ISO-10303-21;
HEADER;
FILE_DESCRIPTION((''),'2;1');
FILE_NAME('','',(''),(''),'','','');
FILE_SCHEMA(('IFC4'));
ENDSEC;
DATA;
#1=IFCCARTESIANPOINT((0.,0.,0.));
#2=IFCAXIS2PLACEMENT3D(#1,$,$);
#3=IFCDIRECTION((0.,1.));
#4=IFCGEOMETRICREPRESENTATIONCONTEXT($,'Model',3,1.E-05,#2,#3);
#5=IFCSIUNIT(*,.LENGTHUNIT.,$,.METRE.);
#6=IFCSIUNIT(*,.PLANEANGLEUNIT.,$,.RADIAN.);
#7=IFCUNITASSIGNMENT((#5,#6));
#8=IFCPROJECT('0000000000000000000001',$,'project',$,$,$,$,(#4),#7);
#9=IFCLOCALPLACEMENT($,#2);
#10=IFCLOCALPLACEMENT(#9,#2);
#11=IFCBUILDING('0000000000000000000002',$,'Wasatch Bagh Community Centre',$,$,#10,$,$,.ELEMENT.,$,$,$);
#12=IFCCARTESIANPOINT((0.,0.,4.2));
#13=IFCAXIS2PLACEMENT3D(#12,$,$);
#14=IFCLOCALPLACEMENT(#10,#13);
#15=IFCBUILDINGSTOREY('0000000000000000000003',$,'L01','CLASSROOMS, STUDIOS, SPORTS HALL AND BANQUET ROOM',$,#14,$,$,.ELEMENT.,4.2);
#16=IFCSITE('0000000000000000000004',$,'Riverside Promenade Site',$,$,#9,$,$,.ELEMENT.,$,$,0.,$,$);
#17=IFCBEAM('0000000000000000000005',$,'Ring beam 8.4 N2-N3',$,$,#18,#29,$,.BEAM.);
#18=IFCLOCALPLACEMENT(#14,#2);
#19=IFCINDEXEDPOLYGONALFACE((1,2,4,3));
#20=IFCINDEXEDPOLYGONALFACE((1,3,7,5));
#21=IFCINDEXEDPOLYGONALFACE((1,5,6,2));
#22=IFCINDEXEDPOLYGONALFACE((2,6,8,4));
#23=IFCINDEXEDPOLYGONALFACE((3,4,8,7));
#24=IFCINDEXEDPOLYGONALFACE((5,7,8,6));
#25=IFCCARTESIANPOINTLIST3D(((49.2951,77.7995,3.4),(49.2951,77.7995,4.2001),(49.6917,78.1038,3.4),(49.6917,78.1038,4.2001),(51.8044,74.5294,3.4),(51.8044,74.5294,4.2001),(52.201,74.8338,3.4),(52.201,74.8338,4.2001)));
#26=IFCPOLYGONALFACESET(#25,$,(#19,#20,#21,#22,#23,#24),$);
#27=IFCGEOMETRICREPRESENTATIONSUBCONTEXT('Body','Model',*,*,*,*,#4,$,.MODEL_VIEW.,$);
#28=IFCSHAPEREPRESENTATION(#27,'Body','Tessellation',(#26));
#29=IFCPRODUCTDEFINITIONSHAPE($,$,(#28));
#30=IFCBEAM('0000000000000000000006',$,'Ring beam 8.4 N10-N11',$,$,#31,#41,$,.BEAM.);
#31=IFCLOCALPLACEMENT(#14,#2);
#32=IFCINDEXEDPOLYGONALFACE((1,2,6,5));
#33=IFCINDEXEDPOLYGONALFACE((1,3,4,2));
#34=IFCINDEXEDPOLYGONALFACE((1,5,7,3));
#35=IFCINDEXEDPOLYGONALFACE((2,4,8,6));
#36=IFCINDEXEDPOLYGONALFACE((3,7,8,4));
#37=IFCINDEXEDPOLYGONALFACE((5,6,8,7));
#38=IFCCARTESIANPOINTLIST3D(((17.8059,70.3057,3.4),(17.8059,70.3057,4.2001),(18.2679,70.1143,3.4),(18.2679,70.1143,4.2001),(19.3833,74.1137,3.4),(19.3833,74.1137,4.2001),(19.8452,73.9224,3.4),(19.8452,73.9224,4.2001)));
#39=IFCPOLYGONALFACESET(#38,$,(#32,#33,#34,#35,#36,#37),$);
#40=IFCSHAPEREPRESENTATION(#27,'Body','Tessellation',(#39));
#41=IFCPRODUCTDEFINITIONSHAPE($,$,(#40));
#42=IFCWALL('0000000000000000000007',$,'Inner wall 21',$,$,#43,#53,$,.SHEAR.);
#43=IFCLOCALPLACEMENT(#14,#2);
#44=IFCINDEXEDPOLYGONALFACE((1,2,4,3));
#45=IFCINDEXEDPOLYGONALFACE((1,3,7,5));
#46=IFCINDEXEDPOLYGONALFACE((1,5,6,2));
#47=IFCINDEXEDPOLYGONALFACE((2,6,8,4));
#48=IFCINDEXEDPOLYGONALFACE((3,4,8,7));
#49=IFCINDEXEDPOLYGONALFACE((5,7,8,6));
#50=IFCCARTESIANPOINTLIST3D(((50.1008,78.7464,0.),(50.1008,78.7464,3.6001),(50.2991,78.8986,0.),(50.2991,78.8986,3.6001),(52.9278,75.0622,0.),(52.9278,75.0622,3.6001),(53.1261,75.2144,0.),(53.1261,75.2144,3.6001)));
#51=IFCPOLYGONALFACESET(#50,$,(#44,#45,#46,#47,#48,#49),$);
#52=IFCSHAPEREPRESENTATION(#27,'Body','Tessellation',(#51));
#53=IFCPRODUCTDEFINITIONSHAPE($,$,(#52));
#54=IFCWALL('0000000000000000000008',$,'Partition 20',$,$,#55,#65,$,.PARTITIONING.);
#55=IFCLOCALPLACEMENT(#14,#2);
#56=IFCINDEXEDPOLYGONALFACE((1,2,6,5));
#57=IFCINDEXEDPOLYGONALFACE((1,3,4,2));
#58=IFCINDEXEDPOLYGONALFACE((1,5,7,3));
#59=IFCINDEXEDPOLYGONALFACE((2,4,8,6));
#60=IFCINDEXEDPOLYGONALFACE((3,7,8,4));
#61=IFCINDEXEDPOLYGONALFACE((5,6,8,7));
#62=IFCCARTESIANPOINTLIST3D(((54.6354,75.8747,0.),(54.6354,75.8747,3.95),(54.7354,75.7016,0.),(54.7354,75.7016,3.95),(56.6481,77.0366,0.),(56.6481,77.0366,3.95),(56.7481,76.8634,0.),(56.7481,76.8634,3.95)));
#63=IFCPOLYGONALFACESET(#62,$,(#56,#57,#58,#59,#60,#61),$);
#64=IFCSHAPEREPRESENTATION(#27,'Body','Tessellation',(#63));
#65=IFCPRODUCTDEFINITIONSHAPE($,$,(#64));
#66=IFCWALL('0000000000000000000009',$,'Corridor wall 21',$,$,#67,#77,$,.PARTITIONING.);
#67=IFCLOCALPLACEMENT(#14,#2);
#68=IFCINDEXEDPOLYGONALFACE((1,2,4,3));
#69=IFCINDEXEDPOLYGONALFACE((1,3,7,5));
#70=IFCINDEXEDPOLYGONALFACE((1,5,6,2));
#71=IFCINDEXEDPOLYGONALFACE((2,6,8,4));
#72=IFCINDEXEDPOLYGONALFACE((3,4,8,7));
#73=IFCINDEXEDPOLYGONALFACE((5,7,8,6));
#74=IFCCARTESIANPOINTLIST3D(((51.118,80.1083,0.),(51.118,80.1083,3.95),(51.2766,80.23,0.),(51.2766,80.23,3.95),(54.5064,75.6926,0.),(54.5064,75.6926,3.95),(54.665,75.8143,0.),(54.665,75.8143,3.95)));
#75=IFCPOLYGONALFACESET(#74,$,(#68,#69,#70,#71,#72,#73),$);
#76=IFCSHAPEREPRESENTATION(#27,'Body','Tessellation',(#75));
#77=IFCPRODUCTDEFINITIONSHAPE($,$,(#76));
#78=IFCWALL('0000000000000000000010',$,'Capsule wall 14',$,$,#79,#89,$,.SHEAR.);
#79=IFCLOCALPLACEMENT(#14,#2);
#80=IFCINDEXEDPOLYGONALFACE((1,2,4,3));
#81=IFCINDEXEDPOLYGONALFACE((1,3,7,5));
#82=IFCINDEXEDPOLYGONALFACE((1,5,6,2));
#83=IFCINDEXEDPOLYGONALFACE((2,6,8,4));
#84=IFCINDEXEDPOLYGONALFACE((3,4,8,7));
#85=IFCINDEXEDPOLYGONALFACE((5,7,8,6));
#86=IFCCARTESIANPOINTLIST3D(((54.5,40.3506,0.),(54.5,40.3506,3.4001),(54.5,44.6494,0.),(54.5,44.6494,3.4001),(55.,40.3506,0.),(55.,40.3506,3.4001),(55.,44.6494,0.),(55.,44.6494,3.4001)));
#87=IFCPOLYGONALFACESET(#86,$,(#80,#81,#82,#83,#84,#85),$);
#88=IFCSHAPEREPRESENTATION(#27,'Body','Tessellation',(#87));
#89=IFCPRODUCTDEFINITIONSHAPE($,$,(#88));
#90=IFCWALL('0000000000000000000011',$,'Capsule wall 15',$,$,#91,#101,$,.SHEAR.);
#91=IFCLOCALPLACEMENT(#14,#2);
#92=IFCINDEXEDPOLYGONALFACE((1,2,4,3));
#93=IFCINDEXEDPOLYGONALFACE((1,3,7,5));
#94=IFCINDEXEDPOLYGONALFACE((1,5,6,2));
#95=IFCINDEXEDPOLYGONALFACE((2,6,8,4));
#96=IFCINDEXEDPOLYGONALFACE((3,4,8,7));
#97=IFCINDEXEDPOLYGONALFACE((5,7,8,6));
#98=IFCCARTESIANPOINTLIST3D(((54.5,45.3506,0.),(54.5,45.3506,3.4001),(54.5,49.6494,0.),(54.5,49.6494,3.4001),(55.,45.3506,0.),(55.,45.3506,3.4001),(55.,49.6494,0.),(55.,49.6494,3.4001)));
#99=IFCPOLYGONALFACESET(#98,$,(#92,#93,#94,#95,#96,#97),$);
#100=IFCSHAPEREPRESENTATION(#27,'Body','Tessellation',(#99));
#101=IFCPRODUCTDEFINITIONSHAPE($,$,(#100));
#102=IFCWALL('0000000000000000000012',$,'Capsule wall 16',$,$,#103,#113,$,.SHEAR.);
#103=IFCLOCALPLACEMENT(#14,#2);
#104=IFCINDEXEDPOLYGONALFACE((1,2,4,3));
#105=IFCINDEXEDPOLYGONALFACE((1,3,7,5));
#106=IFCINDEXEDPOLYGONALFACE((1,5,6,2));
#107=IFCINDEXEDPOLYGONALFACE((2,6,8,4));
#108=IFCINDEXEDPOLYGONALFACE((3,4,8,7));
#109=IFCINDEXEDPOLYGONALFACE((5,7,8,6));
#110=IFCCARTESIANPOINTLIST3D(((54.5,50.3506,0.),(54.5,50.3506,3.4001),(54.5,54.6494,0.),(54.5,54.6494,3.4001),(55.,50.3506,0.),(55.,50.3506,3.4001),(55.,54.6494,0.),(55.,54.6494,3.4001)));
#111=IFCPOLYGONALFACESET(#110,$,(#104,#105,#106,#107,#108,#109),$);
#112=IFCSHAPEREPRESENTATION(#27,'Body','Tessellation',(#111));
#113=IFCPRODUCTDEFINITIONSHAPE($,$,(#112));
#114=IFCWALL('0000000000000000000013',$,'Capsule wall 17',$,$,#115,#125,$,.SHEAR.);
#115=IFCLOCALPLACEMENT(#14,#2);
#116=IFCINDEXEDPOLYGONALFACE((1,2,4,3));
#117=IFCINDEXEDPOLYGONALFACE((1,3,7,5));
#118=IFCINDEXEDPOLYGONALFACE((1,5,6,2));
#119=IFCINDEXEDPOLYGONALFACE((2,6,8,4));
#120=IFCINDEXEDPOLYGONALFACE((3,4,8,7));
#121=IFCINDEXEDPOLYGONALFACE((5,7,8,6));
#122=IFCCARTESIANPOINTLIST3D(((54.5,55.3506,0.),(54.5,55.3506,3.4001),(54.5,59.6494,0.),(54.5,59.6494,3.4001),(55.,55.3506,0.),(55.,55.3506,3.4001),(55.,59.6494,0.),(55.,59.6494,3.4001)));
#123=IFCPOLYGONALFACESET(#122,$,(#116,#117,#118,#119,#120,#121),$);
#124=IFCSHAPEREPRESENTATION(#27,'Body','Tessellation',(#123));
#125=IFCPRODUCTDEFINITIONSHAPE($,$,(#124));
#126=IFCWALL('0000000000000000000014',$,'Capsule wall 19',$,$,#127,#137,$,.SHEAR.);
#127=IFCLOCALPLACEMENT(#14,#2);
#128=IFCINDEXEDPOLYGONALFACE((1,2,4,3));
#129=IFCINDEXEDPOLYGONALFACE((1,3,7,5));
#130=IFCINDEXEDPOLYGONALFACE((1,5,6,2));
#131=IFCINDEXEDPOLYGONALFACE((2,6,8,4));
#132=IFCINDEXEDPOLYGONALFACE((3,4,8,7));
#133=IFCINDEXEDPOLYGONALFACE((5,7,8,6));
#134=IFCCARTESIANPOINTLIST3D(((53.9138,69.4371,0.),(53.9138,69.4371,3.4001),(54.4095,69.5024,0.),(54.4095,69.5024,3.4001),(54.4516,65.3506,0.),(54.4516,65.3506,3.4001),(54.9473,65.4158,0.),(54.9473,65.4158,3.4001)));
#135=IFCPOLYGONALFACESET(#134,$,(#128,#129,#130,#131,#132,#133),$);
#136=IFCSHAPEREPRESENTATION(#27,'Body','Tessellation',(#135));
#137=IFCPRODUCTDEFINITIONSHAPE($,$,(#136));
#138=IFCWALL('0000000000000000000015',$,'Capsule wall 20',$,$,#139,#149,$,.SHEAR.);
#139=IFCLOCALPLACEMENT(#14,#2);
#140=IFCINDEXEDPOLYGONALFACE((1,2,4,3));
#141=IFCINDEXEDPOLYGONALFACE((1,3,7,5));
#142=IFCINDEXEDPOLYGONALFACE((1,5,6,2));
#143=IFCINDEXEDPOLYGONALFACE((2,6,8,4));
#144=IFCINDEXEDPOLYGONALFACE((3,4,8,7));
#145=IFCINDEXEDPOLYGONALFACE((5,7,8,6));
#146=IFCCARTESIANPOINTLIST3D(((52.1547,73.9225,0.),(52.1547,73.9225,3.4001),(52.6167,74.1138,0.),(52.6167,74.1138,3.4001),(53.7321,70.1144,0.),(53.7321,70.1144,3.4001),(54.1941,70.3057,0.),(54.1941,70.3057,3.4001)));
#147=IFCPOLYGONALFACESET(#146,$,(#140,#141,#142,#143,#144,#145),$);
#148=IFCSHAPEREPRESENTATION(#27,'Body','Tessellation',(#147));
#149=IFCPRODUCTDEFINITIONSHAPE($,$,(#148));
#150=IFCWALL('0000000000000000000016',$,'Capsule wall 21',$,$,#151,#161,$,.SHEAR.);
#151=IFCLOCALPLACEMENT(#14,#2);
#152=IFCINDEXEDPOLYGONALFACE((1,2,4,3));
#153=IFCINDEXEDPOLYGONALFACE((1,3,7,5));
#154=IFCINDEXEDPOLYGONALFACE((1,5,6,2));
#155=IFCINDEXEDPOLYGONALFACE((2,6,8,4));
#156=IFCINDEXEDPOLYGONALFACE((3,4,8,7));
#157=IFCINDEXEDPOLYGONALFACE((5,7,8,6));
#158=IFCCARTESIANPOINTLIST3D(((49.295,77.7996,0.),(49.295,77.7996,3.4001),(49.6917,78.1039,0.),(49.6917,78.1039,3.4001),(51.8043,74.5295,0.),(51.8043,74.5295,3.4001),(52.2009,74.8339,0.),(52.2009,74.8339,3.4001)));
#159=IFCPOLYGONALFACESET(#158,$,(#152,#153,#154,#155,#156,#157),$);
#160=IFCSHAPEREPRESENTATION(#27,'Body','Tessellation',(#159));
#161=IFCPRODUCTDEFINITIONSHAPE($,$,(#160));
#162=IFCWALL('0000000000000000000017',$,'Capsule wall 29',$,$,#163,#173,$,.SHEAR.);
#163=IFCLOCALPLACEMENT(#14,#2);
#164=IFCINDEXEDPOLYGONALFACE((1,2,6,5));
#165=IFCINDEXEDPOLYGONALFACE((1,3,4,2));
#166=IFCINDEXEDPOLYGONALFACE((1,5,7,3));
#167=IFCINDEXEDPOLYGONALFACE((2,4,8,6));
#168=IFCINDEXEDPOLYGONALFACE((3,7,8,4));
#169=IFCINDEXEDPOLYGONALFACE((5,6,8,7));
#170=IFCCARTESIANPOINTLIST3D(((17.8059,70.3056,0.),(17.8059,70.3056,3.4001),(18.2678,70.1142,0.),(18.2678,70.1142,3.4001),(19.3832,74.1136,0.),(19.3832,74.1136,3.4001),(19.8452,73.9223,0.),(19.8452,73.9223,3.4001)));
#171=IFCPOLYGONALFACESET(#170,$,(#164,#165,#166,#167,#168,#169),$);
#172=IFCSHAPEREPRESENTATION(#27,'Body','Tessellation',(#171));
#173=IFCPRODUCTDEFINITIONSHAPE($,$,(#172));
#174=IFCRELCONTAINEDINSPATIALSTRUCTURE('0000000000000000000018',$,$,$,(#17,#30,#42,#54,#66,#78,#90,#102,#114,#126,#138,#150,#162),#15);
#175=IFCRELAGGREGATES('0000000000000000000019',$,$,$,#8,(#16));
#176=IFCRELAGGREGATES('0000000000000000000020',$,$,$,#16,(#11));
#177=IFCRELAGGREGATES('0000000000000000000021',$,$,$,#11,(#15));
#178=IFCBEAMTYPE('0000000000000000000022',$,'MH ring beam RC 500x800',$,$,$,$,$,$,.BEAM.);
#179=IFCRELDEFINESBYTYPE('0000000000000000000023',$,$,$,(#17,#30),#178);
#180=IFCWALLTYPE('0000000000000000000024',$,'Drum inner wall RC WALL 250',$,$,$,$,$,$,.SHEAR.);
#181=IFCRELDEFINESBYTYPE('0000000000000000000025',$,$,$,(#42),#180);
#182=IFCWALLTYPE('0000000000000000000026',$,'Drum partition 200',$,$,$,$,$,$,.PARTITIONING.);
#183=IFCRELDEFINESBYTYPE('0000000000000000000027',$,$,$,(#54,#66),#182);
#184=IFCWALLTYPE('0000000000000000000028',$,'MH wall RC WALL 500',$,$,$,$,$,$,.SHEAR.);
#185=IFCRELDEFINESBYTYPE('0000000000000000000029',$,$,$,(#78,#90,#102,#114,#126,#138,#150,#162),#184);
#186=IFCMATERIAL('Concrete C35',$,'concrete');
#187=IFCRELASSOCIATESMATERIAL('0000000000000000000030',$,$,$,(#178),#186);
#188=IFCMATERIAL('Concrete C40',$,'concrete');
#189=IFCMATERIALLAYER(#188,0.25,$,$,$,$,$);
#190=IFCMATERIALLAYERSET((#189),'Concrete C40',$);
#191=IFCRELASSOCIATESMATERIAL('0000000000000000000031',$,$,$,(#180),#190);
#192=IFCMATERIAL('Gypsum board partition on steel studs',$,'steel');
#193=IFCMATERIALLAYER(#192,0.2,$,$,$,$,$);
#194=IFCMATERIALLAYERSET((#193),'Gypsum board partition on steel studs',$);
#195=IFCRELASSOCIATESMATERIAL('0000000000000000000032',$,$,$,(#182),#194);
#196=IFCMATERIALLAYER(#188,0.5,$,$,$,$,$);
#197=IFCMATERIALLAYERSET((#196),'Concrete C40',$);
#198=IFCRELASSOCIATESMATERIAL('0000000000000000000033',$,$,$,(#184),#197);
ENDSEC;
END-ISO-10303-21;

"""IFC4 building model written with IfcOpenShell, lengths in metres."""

from ifc_helpers import new_model, si_unit, direction, frame, frame_2d, origin, origin_2d, place, context, subcontext, project, spatial, rectangle, extrude, material, layer, layer_set, material_profile, profile_set, type_object, element, save


model = new_model("IFC4")

# Units and contexts
model_context = context("Model", 3, precision=1e-05, world=origin(), true_north=direction((0.0, 1.0)))
body_context = subcontext(model_context, "Body", "Model", "MODEL_VIEW")
ifc_project = project(units=[si_unit("LENGTHUNIT", "METRE"), si_unit("PLANEANGLEUNIT", "RADIAN")], contexts=[model_context])

# Site, building, storey
site_placement = place(None, origin())
site = spatial("IfcSite", under=ifc_project, at=site_placement, Name="Riverside Promenade Site", CompositionType="ELEMENT", RefElevation=0.0)
building_placement = place(site_placement, origin())
building = spatial("IfcBuilding", under=site, at=building_placement, Name="Wasatch Bagh Community Centre", CompositionType="ELEMENT")
storey_placement = place(building_placement, frame((0.0, 0.0, 4.2)))
storey = spatial("IfcBuildingStorey", under=building, at=storey_placement, Name="L01", Description="CLASSROOMS, STUDIOS, SPORTS HALL AND BANQUET ROOM", CompositionType="ELEMENT", Elevation=4.2)

# Shared definitions
ifc_material_1 = material(Name="Concrete C40", Category="concrete")

# Beams
ifc_material_2 = material(Name="Concrete C35", Category="concrete")
ifc_material_profile_1 = material_profile(ifc_material_2, rectangle(XDim=0.5, YDim=0.8, at=origin_2d()), Name="RC 500x800")
ifc_profile_set_1 = profile_set([ifc_material_profile_1], Name="Concrete C35")
beam_type_1 = type_object("IfcBeamType", Name="MH ring beam RC 500x800", PredefinedType="BEAM", material=ifc_profile_set_1)
for number, where, z_axis, x_axis, name in (
    (1, (52.0027, 74.6816, 3.8), (-0.608777, 0.793341, 0.0), (-0.793341, -0.608777, 0.0), "Ring beam 8.4 N2-N3"),
    (2, (19.6143, 74.0181, 3.8), (-0.382688, -0.923878, 0.0), (0.923878, -0.382688, 0.0), "Ring beam 8.4 N10-N11"),
):
    element("IfcBeam", number, at=place(storey_placement, frame(where, z_axis=z_axis, x_axis=x_axis)), inside=storey, type_object=beam_type_1, Name=name, PredefinedType="BEAM", context=body_context, shape_type="SweptSolid", body=[
        extrude(rectangle(XDim=0.5, YDim=0.8, at=origin_2d()), origin(), (0.0, 0.0, 1.0), 4.1218),
    ])

# Walls
ifc_layer_1 = layer(ifc_material_1, 0.25)
ifc_layer_set_1 = layer_set([ifc_layer_1], Name="Concrete C40")
wall_type_1 = type_object("IfcWallType", Name="Drum inner wall RC WALL 250", PredefinedType="SHEAR", material=ifc_layer_set_1)
wall_1_placement = place(storey_placement, frame((53.0269, 75.1384, 0.0), z_axis=(0.0, 0.0, 1.0), x_axis=(-0.608763, 0.793352, 0.0)))
element("IfcWall", 3, at=wall_1_placement, inside=storey, type_object=wall_type_1, Name="Inner wall 21", PredefinedType="SHEAR", context=body_context, shape_type="SweptSolid", body=[
    extrude(rectangle(XDim=4.6438, YDim=0.25, at=frame_2d((2.3218, 0.0))), origin(), (0.0, 0.0, 1.0), 3.6001),
])
ifc_material_3 = material(Name="Gypsum board partition on steel studs", Category="steel")
ifc_layer_2 = layer(ifc_material_3, 0.2)
ifc_layer_set_2 = layer_set([ifc_layer_2], Name="Gypsum board partition on steel studs")
wall_type_2 = type_object("IfcWallType", Name="Drum partition 200", PredefinedType="PARTITIONING", material=ifc_layer_set_2)
wall_2_placement = place(storey_placement, frame((54.6853, 75.7881, 0.0), z_axis=(0.0, 0.0, 1.0), x_axis=(0.866056, 0.499947, 0.0)))
element("IfcWall", 4, at=wall_2_placement, inside=storey, type_object=wall_type_2, Name="Partition 20", PredefinedType="PARTITIONING", context=body_context, shape_type="SweptSolid", body=[
    extrude(rectangle(XDim=2.324, YDim=0.2, at=frame_2d((1.1621, 0.0))), origin(), (0.0, 0.0, 1.0), 3.95),
])
wall_3_placement = place(storey_placement, frame((54.5857, 75.7534, 0.0), z_axis=(0.0, 0.0, 1.0), x_axis=(-0.608771, 0.793346, 0.0)))
element("IfcWall", 5, at=wall_3_placement, inside=storey, type_object=wall_type_2, Name="Corridor wall 21", PredefinedType="PARTITIONING", context=body_context, shape_type="SweptSolid", body=[
    extrude(rectangle(XDim=5.5659, YDim=0.2, at=frame_2d((2.783, 0.0))), origin(), (0.0, 0.0, 1.0), 3.95),
])
ifc_layer_3 = layer(ifc_material_1, 0.5)
ifc_layer_set_3 = layer_set([ifc_layer_3], Name="Concrete C40")
wall_type_3 = type_object("IfcWallType", Name="MH wall RC WALL 500", PredefinedType="SHEAR", material=ifc_layer_set_3)
for number, where, z_axis, x_axis, name in (
    (6, (54.75, 40.3506, 0.0), (0.0, 0.0, 1.0), (0.0, 1.0, 0.0), "Capsule wall 14"),
    (7, (54.75, 45.3506, 0.0), (0.0, 0.0, 1.0), (0.0, 1.0, 0.0), "Capsule wall 15"),
    (8, (54.75, 50.3506, 0.0), (0.0, 0.0, 1.0), (0.0, 1.0, 0.0), "Capsule wall 16"),
    (9, (54.75, 55.3506, 0.0), (0.0, 0.0, 1.0), (0.0, 1.0, 0.0), "Capsule wall 17"),
):
    element("IfcWall", number, at=place(storey_placement, frame(where, z_axis=z_axis, x_axis=x_axis)), inside=storey, type_object=wall_type_3, Name=name, PredefinedType="SHEAR", context=body_context, shape_type="SweptSolid", body=[
        extrude(rectangle(XDim=4.2988, YDim=0.5, at=frame_2d((2.1494, 0.0))), origin(), (0.0, 0.0, 1.0), 3.4001),
    ])
for number, where, z_axis, x_axis, name in (
    (10, (54.6995, 65.3831, 0.0), (0.0, 0.0, 1.0), (-0.130484, 0.99145, 0.0), "Capsule wall 19"),
    (11, (53.9631, 70.21, 0.0), (0.0, 0.0, 1.0), (-0.382688, 0.923878, 0.0), "Capsule wall 20"),
    (12, (52.0027, 74.6816, 0.0), (0.0, 0.0, 1.0), (-0.608777, 0.793341, 0.0), "Capsule wall 21"),
    (13, (19.6143, 74.0181, 0.0), (0.0, 0.0, 1.0), (-0.382688, -0.923878, 0.0), "Capsule wall 29"),
):
    element("IfcWall", number, at=place(storey_placement, frame(where, z_axis=z_axis, x_axis=x_axis)), inside=storey, type_object=wall_type_3, Name=name, PredefinedType="SHEAR", context=body_context, shape_type="SweptSolid", body=[
        extrude(rectangle(XDim=4.1218, YDim=0.5, at=frame_2d((2.061, 0.0))), origin(), (0.0, 0.0, 1.0), 3.4001),
    ])

save(model, "model.ifc")
